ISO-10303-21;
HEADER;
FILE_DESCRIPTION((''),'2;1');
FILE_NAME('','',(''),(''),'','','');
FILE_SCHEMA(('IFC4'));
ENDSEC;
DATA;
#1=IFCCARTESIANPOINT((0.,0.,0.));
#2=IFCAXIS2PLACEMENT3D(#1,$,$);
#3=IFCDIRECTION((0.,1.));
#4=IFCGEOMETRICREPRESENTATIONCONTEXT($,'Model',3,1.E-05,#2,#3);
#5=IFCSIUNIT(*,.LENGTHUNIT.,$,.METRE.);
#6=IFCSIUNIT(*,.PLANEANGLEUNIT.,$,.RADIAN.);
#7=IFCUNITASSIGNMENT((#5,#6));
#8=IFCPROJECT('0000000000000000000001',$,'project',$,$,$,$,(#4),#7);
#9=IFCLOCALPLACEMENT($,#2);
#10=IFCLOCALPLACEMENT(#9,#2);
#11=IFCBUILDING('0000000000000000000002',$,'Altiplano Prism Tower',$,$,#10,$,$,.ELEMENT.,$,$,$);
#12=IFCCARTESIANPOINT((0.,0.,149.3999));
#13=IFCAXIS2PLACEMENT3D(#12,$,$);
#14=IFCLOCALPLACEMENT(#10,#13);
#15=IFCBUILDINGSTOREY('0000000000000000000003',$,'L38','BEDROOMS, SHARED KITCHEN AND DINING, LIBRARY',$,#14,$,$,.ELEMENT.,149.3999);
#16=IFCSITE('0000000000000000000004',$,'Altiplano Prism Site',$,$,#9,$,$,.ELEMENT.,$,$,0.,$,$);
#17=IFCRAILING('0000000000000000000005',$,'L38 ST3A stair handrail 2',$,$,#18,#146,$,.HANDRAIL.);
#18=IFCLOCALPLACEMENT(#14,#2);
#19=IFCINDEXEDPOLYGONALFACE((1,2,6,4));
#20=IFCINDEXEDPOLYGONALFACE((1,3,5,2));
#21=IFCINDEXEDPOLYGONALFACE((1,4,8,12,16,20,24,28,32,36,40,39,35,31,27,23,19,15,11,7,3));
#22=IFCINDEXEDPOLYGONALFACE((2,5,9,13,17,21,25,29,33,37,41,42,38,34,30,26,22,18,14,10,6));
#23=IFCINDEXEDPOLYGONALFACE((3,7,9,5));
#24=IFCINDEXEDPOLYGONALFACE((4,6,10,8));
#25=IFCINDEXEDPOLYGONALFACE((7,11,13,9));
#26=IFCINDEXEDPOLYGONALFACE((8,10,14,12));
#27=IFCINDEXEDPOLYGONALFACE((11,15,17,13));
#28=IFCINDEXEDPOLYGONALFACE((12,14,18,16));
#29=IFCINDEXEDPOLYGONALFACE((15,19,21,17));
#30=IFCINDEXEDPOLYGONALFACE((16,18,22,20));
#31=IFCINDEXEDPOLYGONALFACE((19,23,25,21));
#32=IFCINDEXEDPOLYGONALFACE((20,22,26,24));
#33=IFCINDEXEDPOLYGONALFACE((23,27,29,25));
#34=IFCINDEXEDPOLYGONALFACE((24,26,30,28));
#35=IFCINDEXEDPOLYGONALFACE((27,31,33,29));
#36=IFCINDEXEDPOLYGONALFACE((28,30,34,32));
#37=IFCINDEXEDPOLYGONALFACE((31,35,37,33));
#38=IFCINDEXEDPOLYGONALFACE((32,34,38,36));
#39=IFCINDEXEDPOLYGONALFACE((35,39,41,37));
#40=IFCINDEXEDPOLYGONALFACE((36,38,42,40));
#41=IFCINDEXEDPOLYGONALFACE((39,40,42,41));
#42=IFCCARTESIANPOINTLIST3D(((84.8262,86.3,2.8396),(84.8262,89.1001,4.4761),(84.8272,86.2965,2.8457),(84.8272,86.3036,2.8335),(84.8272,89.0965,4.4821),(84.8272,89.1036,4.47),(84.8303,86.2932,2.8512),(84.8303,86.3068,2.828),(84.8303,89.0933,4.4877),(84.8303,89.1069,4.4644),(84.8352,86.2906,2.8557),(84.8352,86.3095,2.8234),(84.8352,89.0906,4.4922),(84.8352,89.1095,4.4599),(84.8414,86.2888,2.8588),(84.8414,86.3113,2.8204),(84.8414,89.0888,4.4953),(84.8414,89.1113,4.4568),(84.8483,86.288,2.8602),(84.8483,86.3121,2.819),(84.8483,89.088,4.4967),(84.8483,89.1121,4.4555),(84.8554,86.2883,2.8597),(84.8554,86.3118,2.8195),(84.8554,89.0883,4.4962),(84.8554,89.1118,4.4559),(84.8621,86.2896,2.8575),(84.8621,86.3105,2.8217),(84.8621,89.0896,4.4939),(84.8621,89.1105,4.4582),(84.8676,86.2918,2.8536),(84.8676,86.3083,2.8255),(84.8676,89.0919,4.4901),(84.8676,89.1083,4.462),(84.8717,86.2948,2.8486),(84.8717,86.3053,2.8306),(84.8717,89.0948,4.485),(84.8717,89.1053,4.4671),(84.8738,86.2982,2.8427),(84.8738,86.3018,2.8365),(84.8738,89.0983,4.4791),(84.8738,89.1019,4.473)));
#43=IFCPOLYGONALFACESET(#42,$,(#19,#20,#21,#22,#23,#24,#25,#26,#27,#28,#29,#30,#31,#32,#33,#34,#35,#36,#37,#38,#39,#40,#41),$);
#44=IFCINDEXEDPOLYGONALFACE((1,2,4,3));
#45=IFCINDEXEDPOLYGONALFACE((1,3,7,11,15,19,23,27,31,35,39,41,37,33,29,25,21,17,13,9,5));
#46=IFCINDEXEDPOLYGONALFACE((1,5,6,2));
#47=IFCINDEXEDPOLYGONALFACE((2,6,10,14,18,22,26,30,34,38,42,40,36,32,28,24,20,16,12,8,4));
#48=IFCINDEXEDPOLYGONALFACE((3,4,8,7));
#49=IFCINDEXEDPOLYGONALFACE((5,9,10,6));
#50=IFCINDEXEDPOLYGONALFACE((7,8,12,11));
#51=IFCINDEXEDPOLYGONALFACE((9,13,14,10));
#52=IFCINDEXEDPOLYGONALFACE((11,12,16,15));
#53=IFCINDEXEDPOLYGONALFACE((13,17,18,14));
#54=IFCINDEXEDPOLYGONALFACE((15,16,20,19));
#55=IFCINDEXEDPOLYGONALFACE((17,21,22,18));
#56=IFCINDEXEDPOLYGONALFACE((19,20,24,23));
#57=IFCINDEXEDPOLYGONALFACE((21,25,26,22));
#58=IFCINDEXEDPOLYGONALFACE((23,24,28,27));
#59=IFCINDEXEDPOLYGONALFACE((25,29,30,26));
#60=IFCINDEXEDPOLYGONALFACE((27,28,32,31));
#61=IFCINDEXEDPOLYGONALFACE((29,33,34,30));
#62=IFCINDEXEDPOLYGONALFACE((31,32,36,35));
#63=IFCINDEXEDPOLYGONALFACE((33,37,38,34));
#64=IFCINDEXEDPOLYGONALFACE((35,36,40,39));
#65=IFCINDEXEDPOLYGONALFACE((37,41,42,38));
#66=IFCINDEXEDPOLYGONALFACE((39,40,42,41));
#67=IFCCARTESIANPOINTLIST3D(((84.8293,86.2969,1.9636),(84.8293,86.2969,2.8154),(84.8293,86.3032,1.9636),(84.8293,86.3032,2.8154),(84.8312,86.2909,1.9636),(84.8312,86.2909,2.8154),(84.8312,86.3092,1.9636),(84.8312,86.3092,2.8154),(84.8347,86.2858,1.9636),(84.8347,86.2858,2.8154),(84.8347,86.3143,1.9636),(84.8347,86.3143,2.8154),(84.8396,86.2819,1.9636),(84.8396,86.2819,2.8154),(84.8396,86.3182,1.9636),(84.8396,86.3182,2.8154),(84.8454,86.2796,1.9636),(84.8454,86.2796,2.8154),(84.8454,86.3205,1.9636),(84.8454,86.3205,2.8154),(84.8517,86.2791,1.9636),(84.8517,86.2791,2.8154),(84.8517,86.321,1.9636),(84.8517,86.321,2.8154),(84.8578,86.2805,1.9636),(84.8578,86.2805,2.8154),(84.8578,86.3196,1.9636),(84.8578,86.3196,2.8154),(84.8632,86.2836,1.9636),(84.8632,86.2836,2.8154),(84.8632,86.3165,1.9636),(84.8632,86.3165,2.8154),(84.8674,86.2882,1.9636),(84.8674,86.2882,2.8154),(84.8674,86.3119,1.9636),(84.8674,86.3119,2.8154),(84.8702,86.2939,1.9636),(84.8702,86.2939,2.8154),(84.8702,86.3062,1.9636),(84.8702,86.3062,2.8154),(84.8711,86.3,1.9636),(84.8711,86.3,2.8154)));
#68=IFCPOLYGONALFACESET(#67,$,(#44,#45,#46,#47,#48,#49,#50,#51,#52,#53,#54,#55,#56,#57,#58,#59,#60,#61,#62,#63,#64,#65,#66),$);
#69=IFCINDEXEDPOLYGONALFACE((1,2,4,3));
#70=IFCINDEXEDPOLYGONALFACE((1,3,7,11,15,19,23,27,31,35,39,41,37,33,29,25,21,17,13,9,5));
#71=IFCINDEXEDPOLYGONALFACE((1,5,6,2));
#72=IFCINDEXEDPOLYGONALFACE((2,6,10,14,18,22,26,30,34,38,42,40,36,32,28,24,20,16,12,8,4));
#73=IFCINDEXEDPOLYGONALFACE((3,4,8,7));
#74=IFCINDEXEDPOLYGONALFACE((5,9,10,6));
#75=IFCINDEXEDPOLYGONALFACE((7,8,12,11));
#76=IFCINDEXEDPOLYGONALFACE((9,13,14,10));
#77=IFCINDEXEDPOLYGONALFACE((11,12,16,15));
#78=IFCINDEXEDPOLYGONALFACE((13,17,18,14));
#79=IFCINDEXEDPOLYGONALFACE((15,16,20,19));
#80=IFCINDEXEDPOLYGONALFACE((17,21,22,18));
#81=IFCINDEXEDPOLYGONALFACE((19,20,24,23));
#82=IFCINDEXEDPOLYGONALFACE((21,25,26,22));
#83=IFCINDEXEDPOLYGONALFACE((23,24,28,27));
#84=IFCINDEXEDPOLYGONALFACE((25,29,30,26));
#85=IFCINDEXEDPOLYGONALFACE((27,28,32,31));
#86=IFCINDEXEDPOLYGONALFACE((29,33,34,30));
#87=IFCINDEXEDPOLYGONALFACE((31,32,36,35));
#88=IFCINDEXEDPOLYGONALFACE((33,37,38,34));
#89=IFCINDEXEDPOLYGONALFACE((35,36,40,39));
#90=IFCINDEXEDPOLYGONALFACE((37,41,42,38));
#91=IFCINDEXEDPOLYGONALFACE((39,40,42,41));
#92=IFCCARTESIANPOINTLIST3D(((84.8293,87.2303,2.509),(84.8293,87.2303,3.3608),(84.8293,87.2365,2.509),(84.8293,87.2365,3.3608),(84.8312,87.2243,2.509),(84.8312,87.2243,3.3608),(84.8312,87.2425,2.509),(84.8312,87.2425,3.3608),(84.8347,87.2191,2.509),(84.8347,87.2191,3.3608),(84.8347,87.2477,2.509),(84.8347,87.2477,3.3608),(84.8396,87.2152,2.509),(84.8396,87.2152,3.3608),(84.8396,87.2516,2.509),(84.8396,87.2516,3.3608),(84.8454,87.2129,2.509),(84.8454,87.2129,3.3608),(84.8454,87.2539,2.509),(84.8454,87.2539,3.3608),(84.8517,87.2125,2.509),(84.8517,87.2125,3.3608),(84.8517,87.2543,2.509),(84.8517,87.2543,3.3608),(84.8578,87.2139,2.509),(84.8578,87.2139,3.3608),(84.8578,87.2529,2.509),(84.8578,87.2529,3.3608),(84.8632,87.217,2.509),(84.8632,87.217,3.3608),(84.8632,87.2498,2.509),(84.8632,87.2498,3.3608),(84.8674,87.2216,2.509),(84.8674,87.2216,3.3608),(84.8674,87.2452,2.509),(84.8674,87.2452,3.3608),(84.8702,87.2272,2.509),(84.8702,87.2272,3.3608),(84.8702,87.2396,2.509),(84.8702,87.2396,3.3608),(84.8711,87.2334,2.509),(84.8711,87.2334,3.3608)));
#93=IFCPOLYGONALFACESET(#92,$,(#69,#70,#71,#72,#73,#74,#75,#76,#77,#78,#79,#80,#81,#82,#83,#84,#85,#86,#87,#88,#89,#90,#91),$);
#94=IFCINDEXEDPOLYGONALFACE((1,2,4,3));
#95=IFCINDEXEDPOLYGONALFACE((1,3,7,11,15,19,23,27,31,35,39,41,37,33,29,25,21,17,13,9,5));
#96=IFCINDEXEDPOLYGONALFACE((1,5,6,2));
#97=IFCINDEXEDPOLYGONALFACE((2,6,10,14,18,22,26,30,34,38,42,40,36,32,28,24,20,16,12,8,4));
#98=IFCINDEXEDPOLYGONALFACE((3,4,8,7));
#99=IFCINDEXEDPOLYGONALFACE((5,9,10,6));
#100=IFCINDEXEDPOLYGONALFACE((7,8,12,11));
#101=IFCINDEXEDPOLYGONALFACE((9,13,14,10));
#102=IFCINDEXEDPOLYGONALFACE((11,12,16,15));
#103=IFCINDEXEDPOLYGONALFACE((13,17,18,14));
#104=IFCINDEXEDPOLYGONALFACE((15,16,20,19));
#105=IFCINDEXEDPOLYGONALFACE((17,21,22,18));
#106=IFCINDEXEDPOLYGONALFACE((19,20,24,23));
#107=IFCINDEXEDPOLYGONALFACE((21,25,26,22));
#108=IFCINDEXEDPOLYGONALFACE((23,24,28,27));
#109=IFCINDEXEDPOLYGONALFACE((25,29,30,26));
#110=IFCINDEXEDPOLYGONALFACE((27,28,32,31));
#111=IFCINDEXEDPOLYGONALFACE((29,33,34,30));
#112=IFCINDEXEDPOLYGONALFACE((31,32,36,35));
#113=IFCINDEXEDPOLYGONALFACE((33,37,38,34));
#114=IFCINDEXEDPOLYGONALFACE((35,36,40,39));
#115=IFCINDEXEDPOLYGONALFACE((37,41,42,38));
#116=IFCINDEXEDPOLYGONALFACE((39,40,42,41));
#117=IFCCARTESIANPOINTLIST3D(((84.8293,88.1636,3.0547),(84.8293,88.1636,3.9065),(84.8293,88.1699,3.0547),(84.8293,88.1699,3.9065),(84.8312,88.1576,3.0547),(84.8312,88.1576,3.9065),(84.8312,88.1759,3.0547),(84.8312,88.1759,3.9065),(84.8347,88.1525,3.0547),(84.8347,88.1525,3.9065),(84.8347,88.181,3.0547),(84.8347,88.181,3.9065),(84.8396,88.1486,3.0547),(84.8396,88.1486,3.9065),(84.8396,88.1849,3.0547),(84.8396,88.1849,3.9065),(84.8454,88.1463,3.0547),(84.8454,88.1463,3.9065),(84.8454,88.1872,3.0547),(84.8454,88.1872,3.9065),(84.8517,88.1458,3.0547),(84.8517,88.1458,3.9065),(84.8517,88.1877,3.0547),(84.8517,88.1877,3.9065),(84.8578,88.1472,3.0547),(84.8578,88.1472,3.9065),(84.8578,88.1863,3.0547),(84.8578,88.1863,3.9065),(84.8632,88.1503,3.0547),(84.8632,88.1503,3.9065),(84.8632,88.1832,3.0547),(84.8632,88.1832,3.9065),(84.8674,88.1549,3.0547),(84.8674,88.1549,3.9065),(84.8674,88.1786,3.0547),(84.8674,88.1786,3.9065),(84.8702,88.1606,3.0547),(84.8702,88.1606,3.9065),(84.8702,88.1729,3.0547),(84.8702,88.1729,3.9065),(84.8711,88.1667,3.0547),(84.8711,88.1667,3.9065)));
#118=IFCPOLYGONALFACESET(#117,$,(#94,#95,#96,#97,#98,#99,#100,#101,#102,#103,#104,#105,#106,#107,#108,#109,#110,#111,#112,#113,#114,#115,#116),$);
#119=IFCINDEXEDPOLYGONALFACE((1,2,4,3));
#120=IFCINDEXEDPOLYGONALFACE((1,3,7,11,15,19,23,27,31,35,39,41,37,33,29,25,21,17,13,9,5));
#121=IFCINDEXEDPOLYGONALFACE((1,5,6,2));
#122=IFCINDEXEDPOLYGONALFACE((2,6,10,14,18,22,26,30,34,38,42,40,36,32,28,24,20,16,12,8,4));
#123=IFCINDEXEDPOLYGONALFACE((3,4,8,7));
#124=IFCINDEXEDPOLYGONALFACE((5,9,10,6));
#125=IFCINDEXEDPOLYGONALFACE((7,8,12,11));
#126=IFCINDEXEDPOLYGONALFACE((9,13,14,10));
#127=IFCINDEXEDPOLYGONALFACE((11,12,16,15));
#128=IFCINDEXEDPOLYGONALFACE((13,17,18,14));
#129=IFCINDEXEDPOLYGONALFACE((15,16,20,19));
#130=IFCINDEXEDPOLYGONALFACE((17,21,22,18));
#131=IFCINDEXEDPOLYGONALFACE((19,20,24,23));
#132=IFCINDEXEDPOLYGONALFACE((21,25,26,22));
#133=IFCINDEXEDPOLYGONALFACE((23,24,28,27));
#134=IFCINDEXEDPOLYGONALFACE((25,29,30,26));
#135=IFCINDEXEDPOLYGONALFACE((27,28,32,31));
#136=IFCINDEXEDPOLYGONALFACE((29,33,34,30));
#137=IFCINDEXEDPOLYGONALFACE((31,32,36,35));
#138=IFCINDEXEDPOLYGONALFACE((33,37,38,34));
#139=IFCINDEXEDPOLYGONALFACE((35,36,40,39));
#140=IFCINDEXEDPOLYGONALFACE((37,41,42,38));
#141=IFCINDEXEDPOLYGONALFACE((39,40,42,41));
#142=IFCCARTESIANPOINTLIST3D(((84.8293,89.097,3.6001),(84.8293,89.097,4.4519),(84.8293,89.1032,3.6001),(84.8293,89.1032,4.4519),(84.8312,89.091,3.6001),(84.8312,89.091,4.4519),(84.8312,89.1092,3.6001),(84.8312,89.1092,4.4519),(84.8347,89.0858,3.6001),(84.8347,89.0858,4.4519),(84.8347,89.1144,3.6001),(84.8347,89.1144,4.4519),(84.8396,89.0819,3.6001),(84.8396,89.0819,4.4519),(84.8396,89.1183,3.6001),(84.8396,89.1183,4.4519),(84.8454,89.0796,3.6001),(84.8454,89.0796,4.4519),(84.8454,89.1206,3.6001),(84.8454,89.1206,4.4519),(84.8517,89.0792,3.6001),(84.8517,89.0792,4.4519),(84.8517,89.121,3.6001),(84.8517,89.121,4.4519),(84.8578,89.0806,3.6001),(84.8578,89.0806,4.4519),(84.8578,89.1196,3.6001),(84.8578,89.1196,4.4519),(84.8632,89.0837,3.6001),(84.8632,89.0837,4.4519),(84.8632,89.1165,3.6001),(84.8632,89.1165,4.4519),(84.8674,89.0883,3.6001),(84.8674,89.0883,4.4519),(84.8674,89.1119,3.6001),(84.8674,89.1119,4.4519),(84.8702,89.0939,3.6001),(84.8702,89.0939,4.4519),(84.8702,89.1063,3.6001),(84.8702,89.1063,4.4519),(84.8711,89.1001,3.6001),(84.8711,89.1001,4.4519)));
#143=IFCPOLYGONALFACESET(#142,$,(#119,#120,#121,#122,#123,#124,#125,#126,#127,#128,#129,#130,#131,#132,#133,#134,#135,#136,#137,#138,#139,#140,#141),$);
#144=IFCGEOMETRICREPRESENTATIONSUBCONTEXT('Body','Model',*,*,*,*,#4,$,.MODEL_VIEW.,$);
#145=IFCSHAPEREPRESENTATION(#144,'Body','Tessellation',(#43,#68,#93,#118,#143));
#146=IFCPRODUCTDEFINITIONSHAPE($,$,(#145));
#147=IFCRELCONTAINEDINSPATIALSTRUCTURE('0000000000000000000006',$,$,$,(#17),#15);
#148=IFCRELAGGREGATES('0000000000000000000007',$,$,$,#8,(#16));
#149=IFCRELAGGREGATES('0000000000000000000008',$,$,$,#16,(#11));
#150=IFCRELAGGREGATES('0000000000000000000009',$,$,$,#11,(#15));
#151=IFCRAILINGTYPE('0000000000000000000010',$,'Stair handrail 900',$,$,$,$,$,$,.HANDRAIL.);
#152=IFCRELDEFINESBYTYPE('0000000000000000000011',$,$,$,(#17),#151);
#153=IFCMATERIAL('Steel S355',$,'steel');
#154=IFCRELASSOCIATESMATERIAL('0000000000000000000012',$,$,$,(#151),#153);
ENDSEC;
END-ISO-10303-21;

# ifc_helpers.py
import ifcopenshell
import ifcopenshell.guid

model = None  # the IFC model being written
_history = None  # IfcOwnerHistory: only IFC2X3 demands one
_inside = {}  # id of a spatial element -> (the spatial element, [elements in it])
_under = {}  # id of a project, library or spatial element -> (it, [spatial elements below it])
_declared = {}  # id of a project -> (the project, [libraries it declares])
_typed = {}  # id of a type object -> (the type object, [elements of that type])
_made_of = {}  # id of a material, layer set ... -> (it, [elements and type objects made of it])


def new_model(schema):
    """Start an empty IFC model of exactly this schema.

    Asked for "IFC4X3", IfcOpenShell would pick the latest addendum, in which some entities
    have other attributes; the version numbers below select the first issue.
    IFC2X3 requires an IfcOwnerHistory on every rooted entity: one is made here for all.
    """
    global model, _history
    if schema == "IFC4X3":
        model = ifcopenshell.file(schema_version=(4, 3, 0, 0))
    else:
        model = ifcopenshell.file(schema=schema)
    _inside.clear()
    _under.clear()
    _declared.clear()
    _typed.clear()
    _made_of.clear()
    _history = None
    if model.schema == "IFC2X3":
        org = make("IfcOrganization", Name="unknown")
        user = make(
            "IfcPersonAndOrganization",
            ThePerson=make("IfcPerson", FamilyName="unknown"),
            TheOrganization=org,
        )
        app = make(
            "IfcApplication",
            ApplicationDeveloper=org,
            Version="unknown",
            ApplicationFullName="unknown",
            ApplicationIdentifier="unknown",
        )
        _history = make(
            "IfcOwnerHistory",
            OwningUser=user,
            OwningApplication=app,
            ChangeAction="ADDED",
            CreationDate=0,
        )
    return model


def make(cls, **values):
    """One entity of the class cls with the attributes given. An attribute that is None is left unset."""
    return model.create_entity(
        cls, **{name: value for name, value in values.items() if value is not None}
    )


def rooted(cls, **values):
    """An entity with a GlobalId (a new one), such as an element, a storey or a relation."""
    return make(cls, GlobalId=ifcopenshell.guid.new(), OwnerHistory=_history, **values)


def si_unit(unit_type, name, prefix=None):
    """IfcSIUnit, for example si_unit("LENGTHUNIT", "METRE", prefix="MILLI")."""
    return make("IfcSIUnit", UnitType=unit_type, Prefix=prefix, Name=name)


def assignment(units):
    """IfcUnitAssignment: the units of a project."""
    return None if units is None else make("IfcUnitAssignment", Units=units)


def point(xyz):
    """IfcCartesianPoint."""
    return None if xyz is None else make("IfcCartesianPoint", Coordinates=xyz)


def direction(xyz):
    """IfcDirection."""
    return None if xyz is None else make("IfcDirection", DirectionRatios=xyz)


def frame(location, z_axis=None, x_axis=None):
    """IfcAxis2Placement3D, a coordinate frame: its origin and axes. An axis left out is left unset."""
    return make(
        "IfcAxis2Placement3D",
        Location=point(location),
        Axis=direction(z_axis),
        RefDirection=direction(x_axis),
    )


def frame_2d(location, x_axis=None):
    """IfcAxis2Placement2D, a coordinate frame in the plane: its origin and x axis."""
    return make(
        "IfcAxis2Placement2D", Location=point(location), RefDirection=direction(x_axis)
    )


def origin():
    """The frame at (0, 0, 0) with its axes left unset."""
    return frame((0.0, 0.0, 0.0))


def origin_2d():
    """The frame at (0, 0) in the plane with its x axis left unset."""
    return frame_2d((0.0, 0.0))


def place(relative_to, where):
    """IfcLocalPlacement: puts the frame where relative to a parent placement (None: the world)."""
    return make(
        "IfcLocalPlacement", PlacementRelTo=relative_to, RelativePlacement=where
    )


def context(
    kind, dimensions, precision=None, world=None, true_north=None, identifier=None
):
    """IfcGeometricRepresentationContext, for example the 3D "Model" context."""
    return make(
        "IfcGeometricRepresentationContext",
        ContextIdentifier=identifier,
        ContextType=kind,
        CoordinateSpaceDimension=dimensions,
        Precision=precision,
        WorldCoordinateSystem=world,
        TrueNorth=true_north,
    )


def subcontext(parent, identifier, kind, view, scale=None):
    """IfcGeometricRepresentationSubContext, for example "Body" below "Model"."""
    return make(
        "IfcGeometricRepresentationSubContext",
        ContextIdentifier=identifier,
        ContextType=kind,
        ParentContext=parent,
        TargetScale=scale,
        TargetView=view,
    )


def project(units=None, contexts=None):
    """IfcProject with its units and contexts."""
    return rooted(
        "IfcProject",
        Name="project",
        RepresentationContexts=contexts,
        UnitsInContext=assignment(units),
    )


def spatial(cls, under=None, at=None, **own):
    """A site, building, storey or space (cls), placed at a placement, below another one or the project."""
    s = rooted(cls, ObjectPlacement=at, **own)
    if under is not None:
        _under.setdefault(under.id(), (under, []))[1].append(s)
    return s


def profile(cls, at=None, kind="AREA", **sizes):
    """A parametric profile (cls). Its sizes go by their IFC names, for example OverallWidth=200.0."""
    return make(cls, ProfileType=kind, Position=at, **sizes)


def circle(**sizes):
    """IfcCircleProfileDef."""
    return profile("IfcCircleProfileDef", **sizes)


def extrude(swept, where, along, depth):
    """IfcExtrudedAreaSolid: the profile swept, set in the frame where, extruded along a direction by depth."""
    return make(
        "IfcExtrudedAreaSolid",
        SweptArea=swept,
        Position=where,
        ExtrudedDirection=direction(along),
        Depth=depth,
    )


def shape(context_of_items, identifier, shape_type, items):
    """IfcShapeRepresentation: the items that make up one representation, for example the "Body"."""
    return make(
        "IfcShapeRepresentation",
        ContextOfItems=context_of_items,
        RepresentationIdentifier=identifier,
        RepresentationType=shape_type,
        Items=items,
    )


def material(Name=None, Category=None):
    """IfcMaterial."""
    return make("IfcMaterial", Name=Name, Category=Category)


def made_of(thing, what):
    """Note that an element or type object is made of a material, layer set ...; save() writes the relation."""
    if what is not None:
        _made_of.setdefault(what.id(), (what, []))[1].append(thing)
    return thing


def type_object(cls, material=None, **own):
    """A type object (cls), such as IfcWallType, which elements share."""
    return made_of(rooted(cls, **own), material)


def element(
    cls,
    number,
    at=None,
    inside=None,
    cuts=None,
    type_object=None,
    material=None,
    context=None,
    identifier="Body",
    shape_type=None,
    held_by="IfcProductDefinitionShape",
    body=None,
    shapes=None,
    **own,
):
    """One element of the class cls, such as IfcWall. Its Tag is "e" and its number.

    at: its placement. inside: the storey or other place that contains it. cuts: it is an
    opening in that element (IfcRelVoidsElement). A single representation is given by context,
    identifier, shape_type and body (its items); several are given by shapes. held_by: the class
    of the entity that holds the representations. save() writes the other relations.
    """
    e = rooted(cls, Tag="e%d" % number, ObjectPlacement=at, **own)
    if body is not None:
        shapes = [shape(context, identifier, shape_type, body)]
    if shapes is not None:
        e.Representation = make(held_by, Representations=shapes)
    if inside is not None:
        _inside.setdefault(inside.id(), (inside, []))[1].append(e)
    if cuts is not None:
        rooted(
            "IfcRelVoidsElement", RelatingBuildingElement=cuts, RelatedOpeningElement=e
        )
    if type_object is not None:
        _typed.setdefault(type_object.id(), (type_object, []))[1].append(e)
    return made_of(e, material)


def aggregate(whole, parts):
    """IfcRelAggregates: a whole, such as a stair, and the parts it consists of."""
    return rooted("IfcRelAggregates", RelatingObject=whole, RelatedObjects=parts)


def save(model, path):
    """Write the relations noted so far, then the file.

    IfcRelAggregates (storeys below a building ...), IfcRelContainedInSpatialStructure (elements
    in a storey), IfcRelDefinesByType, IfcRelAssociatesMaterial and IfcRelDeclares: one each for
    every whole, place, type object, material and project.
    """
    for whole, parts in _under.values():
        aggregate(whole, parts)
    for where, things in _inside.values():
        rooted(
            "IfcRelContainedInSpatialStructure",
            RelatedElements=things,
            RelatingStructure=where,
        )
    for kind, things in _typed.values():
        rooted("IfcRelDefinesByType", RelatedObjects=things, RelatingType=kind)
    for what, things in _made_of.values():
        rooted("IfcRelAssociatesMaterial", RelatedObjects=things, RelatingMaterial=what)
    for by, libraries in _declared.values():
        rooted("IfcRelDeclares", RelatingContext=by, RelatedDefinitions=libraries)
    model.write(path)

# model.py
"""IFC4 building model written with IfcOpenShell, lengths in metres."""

from ifc_helpers import new_model, si_unit, direction, frame, origin, origin_2d, place, context, subcontext, project, spatial, circle, extrude, material, type_object, element, save


model = new_model("IFC4")

# Units and contexts
model_context = context("Model", 3, precision=1e-05, world=origin(), true_north=direction((0.0, 1.0)))
body_context = subcontext(model_context, "Body", "Model", "MODEL_VIEW")
ifc_project = project(units=[si_unit("LENGTHUNIT", "METRE"), si_unit("PLANEANGLEUNIT", "RADIAN")], contexts=[model_context])

# Site, building, storey
site_placement = place(None, origin())
site = spatial("IfcSite", under=ifc_project, at=site_placement, Name="Altiplano Prism Site", CompositionType="ELEMENT", RefElevation=0.0)
building_placement = place(site_placement, origin())
building = spatial("IfcBuilding", under=site, at=building_placement, Name="Altiplano Prism Tower", CompositionType="ELEMENT")
storey_placement = place(building_placement, frame((0.0, 0.0, 149.3999)))
storey = spatial("IfcBuildingStorey", under=building, at=storey_placement, Name="L38", Description="BEDROOMS, SHARED KITCHEN AND DINING, LIBRARY", CompositionType="ELEMENT", Elevation=149.3999)

# Railing
ifc_material_1 = material(Name="Steel S355", Category="steel")
railing_type = type_object("IfcRailingType", Name="Stair handrail 900", PredefinedType="HANDRAIL", material=ifc_material_1)
railing_placement = place(storey_placement, frame((84.8501, 86.3, 1.9636)))
element("IfcRailing", 1, at=railing_placement, inside=storey, type_object=railing_type, Name="L38 ST3A stair handrail 2", PredefinedType="HANDRAIL", context=body_context, shape_type="SweptSolid", body=[
    extrude(circle(Radius=0.0239, at=origin_2d()), frame((0.0, 0.0, 0.876), z_axis=(0.0, 0.863361, 0.504587), x_axis=(-1.0, 0.0, 0.0)), (0.0, 0.0, 1.0), 3.2432),
    extrude(circle(Radius=0.021, at=origin_2d()), origin(), (0.0, 0.0, 1.0), 0.8518),
    extrude(circle(Radius=0.021, at=origin_2d()), frame((0.0, 0.9333, 0.5454)), (0.0, 0.0, 1.0), 0.8518),
    extrude(circle(Radius=0.021, at=origin_2d()), frame((0.0, 1.8667, 1.0911)), (0.0, 0.0, 1.0), 0.8518),
    extrude(circle(Radius=0.021, at=origin_2d()), frame((0.0, 2.8, 1.6365)), (0.0, 0.0, 1.0), 0.8518),
])

save(model, "model.ifc")
